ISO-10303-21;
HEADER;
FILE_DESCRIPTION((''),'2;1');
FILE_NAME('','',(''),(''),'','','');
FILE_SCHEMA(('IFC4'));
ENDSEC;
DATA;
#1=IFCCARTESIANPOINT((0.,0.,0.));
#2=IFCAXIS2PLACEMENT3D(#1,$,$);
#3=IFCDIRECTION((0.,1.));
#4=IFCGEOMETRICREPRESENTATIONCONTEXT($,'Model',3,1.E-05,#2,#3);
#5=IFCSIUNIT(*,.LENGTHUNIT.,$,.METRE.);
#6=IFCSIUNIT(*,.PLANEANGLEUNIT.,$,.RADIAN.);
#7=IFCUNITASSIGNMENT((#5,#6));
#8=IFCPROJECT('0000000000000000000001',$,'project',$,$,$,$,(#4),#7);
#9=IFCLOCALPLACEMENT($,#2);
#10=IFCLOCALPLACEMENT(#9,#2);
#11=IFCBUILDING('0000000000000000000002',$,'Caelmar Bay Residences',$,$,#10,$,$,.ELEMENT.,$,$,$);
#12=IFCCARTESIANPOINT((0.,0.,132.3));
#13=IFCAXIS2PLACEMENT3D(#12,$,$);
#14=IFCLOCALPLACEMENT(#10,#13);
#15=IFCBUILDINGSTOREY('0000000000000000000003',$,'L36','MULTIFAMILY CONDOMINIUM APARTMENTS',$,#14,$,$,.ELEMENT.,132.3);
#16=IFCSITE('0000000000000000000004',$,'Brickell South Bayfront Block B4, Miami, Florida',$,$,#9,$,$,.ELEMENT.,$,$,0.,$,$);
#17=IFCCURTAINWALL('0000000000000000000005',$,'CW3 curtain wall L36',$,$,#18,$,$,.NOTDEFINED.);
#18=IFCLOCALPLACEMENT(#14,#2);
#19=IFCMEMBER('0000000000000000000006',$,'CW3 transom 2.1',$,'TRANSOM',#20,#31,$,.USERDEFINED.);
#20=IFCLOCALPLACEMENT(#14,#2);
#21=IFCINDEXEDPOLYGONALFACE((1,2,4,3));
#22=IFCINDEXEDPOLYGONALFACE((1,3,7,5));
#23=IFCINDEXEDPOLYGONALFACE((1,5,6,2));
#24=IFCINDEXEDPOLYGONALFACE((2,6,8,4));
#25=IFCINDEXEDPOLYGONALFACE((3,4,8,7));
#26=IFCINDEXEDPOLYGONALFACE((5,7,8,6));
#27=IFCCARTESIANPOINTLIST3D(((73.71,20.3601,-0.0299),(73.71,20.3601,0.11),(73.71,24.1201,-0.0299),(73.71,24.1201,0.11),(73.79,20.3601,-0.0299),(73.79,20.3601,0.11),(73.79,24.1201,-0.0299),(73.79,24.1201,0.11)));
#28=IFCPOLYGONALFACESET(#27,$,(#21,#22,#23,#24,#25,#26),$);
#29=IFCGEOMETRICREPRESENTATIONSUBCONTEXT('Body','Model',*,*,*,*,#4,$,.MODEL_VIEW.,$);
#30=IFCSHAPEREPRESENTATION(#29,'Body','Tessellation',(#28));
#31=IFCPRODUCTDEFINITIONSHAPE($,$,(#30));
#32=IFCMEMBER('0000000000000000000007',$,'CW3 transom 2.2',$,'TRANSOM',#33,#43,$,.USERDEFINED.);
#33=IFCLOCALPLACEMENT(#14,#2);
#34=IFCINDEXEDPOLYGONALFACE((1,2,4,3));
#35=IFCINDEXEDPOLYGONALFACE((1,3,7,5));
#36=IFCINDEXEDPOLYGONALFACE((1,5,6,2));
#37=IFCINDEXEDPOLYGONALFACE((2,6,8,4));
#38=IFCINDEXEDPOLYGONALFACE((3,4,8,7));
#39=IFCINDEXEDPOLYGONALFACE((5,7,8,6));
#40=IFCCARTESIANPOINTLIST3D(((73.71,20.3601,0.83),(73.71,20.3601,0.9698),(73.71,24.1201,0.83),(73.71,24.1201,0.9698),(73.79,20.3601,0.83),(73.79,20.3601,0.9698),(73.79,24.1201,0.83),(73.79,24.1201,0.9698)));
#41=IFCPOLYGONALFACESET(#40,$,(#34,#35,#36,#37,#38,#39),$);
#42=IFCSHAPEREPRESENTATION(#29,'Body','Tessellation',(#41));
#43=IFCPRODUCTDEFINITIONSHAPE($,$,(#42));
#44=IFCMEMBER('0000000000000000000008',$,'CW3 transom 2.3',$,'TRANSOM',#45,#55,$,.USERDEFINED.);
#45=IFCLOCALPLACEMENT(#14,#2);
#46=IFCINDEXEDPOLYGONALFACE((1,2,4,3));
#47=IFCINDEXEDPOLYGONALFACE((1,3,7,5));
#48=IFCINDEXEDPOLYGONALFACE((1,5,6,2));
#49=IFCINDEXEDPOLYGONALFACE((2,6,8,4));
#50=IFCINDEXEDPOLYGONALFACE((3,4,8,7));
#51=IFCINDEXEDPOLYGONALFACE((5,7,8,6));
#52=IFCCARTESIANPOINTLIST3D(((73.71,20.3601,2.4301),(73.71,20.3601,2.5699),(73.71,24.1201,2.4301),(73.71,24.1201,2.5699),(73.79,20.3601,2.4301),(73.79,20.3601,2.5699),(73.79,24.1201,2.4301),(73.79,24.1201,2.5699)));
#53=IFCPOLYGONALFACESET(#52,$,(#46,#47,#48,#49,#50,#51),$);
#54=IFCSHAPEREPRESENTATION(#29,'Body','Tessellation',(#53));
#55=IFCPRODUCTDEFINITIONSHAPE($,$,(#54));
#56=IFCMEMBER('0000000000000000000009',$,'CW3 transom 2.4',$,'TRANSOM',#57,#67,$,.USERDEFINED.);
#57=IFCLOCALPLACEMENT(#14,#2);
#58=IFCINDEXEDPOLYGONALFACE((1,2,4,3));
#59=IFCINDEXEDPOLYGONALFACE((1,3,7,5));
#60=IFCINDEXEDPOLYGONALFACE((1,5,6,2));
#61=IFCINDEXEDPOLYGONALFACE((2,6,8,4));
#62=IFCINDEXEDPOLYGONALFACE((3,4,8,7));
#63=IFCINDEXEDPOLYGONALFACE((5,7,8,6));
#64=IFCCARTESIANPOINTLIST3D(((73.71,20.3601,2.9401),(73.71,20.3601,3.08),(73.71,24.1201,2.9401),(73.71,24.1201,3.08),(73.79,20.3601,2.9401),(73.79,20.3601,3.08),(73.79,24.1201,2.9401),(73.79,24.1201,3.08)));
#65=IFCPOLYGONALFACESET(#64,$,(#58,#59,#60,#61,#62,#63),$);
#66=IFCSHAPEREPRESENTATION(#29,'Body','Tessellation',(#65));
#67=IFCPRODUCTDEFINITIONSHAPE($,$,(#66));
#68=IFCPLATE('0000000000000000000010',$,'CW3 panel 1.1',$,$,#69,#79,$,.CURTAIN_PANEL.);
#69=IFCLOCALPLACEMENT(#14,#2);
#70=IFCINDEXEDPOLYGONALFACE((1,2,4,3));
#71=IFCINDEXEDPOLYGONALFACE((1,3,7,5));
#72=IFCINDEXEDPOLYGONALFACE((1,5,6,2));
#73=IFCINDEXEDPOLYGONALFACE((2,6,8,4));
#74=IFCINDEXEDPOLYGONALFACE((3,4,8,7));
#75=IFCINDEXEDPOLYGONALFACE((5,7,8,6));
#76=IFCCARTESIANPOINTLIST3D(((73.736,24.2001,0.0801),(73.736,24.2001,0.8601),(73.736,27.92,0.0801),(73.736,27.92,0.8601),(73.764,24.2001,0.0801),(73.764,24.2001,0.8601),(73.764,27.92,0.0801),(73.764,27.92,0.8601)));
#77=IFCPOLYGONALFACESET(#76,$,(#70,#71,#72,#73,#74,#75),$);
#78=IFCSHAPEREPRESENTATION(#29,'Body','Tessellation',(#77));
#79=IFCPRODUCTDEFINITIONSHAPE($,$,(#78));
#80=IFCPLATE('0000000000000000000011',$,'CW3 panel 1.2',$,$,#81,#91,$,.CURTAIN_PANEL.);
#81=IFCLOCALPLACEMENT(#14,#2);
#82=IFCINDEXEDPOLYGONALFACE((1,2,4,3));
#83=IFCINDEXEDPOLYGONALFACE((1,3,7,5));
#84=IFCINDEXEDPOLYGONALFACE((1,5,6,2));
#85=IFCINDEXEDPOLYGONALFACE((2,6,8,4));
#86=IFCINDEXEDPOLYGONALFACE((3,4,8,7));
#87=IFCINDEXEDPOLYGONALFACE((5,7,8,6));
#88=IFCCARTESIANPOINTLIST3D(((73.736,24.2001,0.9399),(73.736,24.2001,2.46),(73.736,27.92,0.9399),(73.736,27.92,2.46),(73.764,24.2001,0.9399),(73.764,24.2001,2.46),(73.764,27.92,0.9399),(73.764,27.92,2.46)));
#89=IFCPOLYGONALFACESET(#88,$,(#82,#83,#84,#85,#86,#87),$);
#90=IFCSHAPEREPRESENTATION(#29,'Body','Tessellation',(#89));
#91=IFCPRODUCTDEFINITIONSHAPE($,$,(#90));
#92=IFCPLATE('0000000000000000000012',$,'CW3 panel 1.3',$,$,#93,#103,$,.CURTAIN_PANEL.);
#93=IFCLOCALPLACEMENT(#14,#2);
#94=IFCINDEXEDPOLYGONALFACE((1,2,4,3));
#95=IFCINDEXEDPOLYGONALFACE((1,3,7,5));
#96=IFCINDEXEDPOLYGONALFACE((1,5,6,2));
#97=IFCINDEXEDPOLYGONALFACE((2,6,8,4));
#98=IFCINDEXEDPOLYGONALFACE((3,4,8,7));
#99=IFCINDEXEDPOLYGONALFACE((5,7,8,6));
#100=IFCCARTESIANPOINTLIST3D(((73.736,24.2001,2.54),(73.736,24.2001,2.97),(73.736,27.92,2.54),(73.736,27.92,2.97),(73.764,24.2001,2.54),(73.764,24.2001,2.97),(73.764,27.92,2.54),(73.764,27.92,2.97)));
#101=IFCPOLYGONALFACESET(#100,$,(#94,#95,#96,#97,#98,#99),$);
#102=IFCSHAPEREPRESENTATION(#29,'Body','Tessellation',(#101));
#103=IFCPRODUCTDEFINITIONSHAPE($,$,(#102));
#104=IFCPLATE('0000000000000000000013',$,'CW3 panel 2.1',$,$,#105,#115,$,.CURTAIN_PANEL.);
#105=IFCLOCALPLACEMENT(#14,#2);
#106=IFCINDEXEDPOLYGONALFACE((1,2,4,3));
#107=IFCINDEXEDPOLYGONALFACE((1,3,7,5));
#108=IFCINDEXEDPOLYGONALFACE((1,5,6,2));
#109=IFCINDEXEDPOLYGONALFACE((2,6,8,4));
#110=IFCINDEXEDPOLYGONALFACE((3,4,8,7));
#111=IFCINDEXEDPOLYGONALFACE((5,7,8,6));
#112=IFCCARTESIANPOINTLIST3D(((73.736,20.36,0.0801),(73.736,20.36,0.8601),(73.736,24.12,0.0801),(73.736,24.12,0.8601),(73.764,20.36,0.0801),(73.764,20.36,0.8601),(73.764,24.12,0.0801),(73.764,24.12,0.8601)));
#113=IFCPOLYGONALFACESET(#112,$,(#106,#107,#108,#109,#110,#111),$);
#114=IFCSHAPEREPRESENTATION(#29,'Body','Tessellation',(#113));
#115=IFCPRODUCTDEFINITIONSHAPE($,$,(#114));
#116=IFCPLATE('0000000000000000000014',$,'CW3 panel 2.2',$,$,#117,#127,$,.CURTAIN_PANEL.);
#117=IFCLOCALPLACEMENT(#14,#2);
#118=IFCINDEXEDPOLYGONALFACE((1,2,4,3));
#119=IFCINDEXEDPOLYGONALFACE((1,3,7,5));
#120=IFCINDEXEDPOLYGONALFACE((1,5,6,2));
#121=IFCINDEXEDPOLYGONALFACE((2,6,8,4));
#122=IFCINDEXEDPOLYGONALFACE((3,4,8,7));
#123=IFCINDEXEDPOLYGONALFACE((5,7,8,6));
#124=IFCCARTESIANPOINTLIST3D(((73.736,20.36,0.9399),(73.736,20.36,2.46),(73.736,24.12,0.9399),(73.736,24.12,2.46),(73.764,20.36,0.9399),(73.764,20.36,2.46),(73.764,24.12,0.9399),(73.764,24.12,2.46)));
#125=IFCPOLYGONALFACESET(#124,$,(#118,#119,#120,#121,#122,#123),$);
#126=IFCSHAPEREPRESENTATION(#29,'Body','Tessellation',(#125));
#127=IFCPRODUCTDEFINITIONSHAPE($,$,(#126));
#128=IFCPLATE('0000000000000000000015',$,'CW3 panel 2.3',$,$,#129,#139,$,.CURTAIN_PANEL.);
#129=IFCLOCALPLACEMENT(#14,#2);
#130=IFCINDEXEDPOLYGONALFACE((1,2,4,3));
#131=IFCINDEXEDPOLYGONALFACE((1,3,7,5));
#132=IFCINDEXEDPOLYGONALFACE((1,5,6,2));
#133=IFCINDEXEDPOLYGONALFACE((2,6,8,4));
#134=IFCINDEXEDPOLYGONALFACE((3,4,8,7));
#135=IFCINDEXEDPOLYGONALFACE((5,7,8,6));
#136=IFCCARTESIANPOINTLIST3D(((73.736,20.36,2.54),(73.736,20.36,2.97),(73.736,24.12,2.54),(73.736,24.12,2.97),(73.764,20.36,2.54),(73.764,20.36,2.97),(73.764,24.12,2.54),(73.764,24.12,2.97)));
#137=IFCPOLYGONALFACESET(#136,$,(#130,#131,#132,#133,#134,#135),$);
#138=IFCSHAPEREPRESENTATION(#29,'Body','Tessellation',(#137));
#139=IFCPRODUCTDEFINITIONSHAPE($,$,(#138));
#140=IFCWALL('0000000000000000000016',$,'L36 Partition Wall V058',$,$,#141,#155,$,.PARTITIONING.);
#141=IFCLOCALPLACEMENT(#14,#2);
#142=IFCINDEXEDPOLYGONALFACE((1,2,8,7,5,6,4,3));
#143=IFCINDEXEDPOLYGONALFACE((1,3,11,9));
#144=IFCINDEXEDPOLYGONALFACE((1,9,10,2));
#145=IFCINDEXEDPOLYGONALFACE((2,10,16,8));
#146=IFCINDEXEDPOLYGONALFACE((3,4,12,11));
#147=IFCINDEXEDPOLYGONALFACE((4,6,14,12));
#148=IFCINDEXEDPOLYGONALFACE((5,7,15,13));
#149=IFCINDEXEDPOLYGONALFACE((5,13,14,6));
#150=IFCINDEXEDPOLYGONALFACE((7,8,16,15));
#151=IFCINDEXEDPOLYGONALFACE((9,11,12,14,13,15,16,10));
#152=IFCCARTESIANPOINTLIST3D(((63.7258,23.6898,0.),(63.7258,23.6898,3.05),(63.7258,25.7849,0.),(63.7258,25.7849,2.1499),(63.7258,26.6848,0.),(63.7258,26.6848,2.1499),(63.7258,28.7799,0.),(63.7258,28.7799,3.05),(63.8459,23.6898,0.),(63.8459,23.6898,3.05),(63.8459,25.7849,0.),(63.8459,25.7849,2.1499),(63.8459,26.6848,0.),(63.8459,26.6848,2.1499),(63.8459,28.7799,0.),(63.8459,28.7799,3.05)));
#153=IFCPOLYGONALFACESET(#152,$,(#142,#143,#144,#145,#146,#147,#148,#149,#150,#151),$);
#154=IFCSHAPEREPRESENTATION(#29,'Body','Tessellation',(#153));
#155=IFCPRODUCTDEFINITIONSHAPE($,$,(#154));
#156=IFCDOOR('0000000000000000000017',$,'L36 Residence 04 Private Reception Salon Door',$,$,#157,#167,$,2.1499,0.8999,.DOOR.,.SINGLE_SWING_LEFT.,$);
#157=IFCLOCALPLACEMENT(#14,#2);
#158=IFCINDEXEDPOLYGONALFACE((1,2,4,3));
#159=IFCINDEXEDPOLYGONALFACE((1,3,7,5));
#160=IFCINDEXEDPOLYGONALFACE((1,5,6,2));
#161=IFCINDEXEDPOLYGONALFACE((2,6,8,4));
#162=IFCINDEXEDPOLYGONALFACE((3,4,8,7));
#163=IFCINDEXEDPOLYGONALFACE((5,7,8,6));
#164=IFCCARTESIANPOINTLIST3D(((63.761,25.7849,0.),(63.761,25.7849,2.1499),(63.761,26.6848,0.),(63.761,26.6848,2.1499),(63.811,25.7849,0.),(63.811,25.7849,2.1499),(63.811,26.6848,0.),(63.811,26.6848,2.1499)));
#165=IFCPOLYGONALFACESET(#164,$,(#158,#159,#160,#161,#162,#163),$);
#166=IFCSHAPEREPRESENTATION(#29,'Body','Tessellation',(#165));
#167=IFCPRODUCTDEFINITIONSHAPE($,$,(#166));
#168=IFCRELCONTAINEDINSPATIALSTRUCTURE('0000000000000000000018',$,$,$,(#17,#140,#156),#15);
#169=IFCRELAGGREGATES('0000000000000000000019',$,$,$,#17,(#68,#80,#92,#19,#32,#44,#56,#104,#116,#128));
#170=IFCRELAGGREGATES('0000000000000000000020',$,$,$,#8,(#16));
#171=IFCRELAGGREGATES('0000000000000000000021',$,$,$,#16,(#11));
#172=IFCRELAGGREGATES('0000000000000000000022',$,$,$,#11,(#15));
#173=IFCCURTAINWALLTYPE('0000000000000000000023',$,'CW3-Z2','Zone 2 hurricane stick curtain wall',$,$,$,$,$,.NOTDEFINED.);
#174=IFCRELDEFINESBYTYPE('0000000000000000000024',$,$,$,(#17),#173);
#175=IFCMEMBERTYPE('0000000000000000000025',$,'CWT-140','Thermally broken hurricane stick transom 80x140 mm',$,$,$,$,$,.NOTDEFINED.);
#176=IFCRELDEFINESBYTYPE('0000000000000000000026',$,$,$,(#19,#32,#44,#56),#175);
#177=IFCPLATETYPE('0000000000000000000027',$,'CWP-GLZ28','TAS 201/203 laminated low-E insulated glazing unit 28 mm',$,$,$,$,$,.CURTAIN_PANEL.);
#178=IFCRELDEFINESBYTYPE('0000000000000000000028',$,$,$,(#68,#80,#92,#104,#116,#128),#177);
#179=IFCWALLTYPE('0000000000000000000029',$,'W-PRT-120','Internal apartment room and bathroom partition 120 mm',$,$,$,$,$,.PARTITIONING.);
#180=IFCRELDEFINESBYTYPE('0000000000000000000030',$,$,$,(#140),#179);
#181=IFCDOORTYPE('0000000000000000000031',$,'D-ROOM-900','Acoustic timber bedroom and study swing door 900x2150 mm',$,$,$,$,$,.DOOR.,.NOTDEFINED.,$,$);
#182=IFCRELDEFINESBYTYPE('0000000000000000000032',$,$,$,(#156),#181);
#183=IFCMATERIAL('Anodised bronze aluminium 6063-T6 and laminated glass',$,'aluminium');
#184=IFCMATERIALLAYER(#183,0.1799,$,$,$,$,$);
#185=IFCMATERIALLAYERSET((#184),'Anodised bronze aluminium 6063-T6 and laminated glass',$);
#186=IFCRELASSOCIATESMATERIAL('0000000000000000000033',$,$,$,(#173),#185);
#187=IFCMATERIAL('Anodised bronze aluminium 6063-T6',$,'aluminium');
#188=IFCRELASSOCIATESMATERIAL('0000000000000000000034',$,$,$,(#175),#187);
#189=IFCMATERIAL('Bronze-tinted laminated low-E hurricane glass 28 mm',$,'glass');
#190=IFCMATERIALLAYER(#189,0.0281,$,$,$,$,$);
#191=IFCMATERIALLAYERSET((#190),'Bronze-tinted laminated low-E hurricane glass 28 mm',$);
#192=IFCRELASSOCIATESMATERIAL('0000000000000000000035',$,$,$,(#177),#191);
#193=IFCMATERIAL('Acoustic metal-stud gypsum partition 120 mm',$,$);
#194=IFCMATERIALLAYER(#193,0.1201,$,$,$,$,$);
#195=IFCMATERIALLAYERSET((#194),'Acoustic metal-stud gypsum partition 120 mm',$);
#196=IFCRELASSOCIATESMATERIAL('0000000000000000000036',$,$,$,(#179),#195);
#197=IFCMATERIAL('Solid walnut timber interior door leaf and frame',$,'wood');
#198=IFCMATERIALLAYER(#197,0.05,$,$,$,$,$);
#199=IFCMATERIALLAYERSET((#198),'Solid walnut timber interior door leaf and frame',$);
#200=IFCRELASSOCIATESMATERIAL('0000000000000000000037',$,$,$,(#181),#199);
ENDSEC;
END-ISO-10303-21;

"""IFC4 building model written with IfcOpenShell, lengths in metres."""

from ifc_helpers import new_model, si_unit, direction, frame, frame_2d, origin, origin_2d, place, context, subcontext, project, spatial, rectangle, extrude, material, layer, layer_set, material_profile, profile_set, type_object, element, fill, aggregate, save


model = new_model("IFC4")

# Units and contexts
model_context = context("Model", 3, precision=1e-05, world=origin(), true_north=direction((0.0, 1.0)))
body_context = subcontext(model_context, "Body", "Model", "MODEL_VIEW")
ifc_project = project(units=[si_unit("LENGTHUNIT", "METRE"), si_unit("PLANEANGLEUNIT", "RADIAN")], contexts=[model_context])

# Site, building, storey
site_placement = place(None, origin())
site = spatial("IfcSite", under=ifc_project, at=site_placement, Name="Brickell South Bayfront Block B4, Miami, Florida", CompositionType="ELEMENT", RefElevation=0.0)
building_placement = place(site_placement, origin())
building = spatial("IfcBuilding", under=site, at=building_placement, Name="Caelmar Bay Residences", CompositionType="ELEMENT")
storey_placement = place(building_placement, frame((0.0, 0.0, 132.3)))
storey = spatial("IfcBuildingStorey", under=building, at=storey_placement, Name="L36", Description="MULTIFAMILY CONDOMINIUM APARTMENTS", CompositionType="ELEMENT", Elevation=132.3)

# Curtain wall, members, plates
ifc_material_1 = material(Name="Anodised bronze aluminium 6063-T6 and laminated glass", Category="aluminium")
ifc_layer_1 = layer(ifc_material_1, 0.1799)
ifc_layer_set_1 = layer_set([ifc_layer_1], Name="Anodised bronze aluminium 6063-T6 and laminated glass")
curtain_wall_type = type_object("IfcCurtainWallType", Name="CW3-Z2", Description="Zone 2 hurricane stick curtain wall", PredefinedType="NOTDEFINED", material=ifc_layer_set_1)
curtain_wall_placement = place(storey_placement, origin())
curtain_wall = element("IfcCurtainWall", 1, at=curtain_wall_placement, inside=storey, type_object=curtain_wall_type, Name="CW3 curtain wall L36", PredefinedType="NOTDEFINED")
ifc_material_2 = material(Name="Anodised bronze aluminium 6063-T6", Category="aluminium")
ifc_material_profile_1 = material_profile(ifc_material_2, rectangle(XDim=0.0801, YDim=0.1399, at=origin_2d()), Name="CWT-80X140")
ifc_profile_set_1 = profile_set([ifc_material_profile_1], Name="Anodised bronze aluminium 6063-T6")
member_type_1 = type_object("IfcMemberType", Name="CWT-140", Description="Thermally broken hurricane stick transom 80x140 mm", PredefinedType="NOTDEFINED", material=ifc_profile_set_1)
member_1_placement = place(storey_placement, frame((73.75, 24.1201, 0.04), z_axis=(0.0, -1.0, 0.0), x_axis=(1.0, 0.0, 0.0)))
member_1 = element("IfcMember", 2, at=member_1_placement, type_object=member_type_1, Name="CW3 transom 2.1", ObjectType="TRANSOM", PredefinedType="USERDEFINED", context=body_context, shape_type="SweptSolid", body=[
    extrude(rectangle(XDim=0.0801, YDim=0.1399, at=origin_2d()), origin(), (0.0, 0.0, 1.0), 3.76),
])
member_2_placement = place(storey_placement, frame((73.75, 24.1201, 0.8999), z_axis=(0.0, -1.0, 0.0), x_axis=(1.0, 0.0, 0.0)))
member_2 = element("IfcMember", 3, at=member_2_placement, type_object=member_type_1, Name="CW3 transom 2.2", ObjectType="TRANSOM", PredefinedType="USERDEFINED", context=body_context, shape_type="SweptSolid", body=[
    extrude(rectangle(XDim=0.0801, YDim=0.1399, at=origin_2d()), origin(), (0.0, 0.0, 1.0), 3.76),
])
member_3_placement = place(storey_placement, frame((73.75, 24.1201, 2.5), z_axis=(0.0, -1.0, 0.0), x_axis=(1.0, 0.0, 0.0)))
member_3 = element("IfcMember", 4, at=member_3_placement, type_object=member_type_1, Name="CW3 transom 2.3", ObjectType="TRANSOM", PredefinedType="USERDEFINED", context=body_context, shape_type="SweptSolid", body=[
    extrude(rectangle(XDim=0.0801, YDim=0.1399, at=origin_2d()), origin(), (0.0, 0.0, 1.0), 3.76),
])
member_4_placement = place(storey_placement, frame((73.75, 24.1201, 3.01), z_axis=(0.0, -1.0, 0.0), x_axis=(1.0, 0.0, 0.0)))
member_4 = element("IfcMember", 5, at=member_4_placement, type_object=member_type_1, Name="CW3 transom 2.4", ObjectType="TRANSOM", PredefinedType="USERDEFINED", context=body_context, shape_type="SweptSolid", body=[
    extrude(rectangle(XDim=0.0801, YDim=0.1399, at=origin_2d()), origin(), (0.0, 0.0, 1.0), 3.76),
])
ifc_material_3 = material(Name="Bronze-tinted laminated low-E hurricane glass 28 mm", Category="glass")
ifc_layer_2 = layer(ifc_material_3, 0.0281)
ifc_layer_set_2 = layer_set([ifc_layer_2], Name="Bronze-tinted laminated low-E hurricane glass 28 mm")
plate_type = type_object("IfcPlateType", Name="CWP-GLZ28", Description="TAS 201/203 laminated low-E insulated glazing unit 28 mm", PredefinedType="CURTAIN_PANEL", material=ifc_layer_set_2)
plate_1_placement = place(storey_placement, frame((73.75, 26.0601, 0.0801), z_axis=(0.0, 0.0, 1.0), x_axis=(0.0, -1.0, 0.0)))
plate_1 = element("IfcPlate", 6, at=plate_1_placement, type_object=plate_type, Name="CW3 panel 1.1", PredefinedType="CURTAIN_PANEL", context=body_context, shape_type="SweptSolid", body=[
    extrude(rectangle(XDim=3.72, YDim=0.0281, at=origin_2d()), origin(), (0.0, 0.0, 1.0), 0.78),
])
plate_2_placement = place(storey_placement, frame((73.75, 26.0601, 0.9399), z_axis=(0.0, 0.0, 1.0), x_axis=(0.0, -1.0, 0.0)))
plate_2 = element("IfcPlate", 7, at=plate_2_placement, type_object=plate_type, Name="CW3 panel 1.2", PredefinedType="CURTAIN_PANEL", context=body_context, shape_type="SweptSolid", body=[
    extrude(rectangle(XDim=3.72, YDim=0.0281, at=origin_2d()), origin(), (0.0, 0.0, 1.0), 1.52),
])
plate_3_placement = place(storey_placement, frame((73.75, 26.0601, 2.54), z_axis=(0.0, 0.0, 1.0), x_axis=(0.0, -1.0, 0.0)))
plate_3 = element("IfcPlate", 8, at=plate_3_placement, type_object=plate_type, Name="CW3 panel 1.3", PredefinedType="CURTAIN_PANEL", context=body_context, shape_type="SweptSolid", body=[
    extrude(rectangle(XDim=3.72, YDim=0.0281, at=origin_2d()), origin(), (0.0, 0.0, 1.0), 0.4299),
])
plate_4_placement = place(storey_placement, frame((73.75, 22.24, 0.0801), z_axis=(0.0, 0.0, 1.0), x_axis=(0.0, -1.0, 0.0)))
plate_4 = element("IfcPlate", 9, at=plate_4_placement, type_object=plate_type, Name="CW3 panel 2.1", PredefinedType="CURTAIN_PANEL", context=body_context, shape_type="SweptSolid", body=[
    extrude(rectangle(XDim=3.76, YDim=0.0281, at=origin_2d()), origin(), (0.0, 0.0, 1.0), 0.78),
])
plate_5_placement = place(storey_placement, frame((73.75, 22.24, 0.9399), z_axis=(0.0, 0.0, 1.0), x_axis=(0.0, -1.0, 0.0)))
plate_5 = element("IfcPlate", 10, at=plate_5_placement, type_object=plate_type, Name="CW3 panel 2.2", PredefinedType="CURTAIN_PANEL", context=body_context, shape_type="SweptSolid", body=[
    extrude(rectangle(XDim=3.76, YDim=0.0281, at=origin_2d()), origin(), (0.0, 0.0, 1.0), 1.52),
])
plate_6_placement = place(storey_placement, frame((73.75, 22.24, 2.54), z_axis=(0.0, 0.0, 1.0), x_axis=(0.0, -1.0, 0.0)))
plate_6 = element("IfcPlate", 11, at=plate_6_placement, type_object=plate_type, Name="CW3 panel 2.3", PredefinedType="CURTAIN_PANEL", context=body_context, shape_type="SweptSolid", body=[
    extrude(rectangle(XDim=3.76, YDim=0.0281, at=origin_2d()), origin(), (0.0, 0.0, 1.0), 0.4299),
])
aggregate(curtain_wall, [plate_1, plate_2, plate_3, member_1, member_2, member_3, member_4, plate_4, plate_5, plate_6])

# Wall, opening, door
ifc_material_4 = material(Name="Acoustic metal-stud gypsum partition 120 mm")
ifc_layer_3 = layer(ifc_material_4, 0.1201)
ifc_layer_set_3 = layer_set([ifc_layer_3], Name="Acoustic metal-stud gypsum partition 120 mm")
wall_type = type_object("IfcWallType", Name="W-PRT-120", Description="Internal apartment room and bathroom partition 120 mm", PredefinedType="PARTITIONING", material=ifc_layer_set_3)
wall_1_placement = place(storey_placement, frame((63.7859, 23.6899, 0.0), z_axis=(0.0, 0.0, 1.0), x_axis=(0.0, 1.0, 0.0)))
wall_1 = element("IfcWall", 12, at=wall_1_placement, inside=storey, type_object=wall_type, Name="L36 Partition Wall V058", PredefinedType="PARTITIONING", context=body_context, shape_type="SweptSolid", body=[
    extrude(rectangle(XDim=5.0901, YDim=0.1201, at=frame_2d((2.5449, 0.0))), origin(), (0.0, 0.0, 1.0), 3.05),
])
opening_1_placement = place(wall_1_placement, frame((2.095, 0.0, 0.0)))
opening_1 = element("IfcOpeningElement", 13, at=opening_1_placement, cuts=wall_1, PredefinedType="OPENING", context=body_context, shape_type="SweptSolid", body=[
    extrude(rectangle(XDim=0.8999, YDim=2.1499, at=frame_2d((0.45, 1.075))), frame((0.0, 0.0701, 0.0), z_axis=(0.0, -1.0, 0.0), x_axis=(1.0, 0.0, 0.0)), (0.0, 0.0, 1.0), 0.1401),
])
ifc_material_5 = material(Name="Solid walnut timber interior door leaf and frame", Category="wood")
ifc_layer_4 = layer(ifc_material_5, 0.05)
ifc_layer_set_4 = layer_set([ifc_layer_4], Name="Solid walnut timber interior door leaf and frame")
door_type_1 = type_object("IfcDoorType", Name="D-ROOM-900", Description="Acoustic timber bedroom and study swing door 900x2150 mm", OperationType="NOTDEFINED", PredefinedType="DOOR", material=ifc_layer_set_4)
door_1_placement = place(opening_1_placement, origin())
door_1 = element("IfcDoor", 14, at=door_1_placement, inside=storey, type_object=door_type_1, Name="L36 Residence 04 Private Reception Salon Door", OperationType="SINGLE_SWING_LEFT", OverallHeight=2.1499, OverallWidth=0.8999, PredefinedType="DOOR", context=body_context, shape_type="SweptSolid", body=[
    extrude(rectangle(XDim=0.8999, YDim=2.1499, at=frame_2d((0.45, 1.075))), frame((0.0, 0.0249, 0.0), z_axis=(0.0, -1.0, 0.0), x_axis=(1.0, 0.0, 0.0)), (0.0, 0.0, 1.0), 0.05),
])
fill(opening_1, door_1)

save(model, "model.ifc")
